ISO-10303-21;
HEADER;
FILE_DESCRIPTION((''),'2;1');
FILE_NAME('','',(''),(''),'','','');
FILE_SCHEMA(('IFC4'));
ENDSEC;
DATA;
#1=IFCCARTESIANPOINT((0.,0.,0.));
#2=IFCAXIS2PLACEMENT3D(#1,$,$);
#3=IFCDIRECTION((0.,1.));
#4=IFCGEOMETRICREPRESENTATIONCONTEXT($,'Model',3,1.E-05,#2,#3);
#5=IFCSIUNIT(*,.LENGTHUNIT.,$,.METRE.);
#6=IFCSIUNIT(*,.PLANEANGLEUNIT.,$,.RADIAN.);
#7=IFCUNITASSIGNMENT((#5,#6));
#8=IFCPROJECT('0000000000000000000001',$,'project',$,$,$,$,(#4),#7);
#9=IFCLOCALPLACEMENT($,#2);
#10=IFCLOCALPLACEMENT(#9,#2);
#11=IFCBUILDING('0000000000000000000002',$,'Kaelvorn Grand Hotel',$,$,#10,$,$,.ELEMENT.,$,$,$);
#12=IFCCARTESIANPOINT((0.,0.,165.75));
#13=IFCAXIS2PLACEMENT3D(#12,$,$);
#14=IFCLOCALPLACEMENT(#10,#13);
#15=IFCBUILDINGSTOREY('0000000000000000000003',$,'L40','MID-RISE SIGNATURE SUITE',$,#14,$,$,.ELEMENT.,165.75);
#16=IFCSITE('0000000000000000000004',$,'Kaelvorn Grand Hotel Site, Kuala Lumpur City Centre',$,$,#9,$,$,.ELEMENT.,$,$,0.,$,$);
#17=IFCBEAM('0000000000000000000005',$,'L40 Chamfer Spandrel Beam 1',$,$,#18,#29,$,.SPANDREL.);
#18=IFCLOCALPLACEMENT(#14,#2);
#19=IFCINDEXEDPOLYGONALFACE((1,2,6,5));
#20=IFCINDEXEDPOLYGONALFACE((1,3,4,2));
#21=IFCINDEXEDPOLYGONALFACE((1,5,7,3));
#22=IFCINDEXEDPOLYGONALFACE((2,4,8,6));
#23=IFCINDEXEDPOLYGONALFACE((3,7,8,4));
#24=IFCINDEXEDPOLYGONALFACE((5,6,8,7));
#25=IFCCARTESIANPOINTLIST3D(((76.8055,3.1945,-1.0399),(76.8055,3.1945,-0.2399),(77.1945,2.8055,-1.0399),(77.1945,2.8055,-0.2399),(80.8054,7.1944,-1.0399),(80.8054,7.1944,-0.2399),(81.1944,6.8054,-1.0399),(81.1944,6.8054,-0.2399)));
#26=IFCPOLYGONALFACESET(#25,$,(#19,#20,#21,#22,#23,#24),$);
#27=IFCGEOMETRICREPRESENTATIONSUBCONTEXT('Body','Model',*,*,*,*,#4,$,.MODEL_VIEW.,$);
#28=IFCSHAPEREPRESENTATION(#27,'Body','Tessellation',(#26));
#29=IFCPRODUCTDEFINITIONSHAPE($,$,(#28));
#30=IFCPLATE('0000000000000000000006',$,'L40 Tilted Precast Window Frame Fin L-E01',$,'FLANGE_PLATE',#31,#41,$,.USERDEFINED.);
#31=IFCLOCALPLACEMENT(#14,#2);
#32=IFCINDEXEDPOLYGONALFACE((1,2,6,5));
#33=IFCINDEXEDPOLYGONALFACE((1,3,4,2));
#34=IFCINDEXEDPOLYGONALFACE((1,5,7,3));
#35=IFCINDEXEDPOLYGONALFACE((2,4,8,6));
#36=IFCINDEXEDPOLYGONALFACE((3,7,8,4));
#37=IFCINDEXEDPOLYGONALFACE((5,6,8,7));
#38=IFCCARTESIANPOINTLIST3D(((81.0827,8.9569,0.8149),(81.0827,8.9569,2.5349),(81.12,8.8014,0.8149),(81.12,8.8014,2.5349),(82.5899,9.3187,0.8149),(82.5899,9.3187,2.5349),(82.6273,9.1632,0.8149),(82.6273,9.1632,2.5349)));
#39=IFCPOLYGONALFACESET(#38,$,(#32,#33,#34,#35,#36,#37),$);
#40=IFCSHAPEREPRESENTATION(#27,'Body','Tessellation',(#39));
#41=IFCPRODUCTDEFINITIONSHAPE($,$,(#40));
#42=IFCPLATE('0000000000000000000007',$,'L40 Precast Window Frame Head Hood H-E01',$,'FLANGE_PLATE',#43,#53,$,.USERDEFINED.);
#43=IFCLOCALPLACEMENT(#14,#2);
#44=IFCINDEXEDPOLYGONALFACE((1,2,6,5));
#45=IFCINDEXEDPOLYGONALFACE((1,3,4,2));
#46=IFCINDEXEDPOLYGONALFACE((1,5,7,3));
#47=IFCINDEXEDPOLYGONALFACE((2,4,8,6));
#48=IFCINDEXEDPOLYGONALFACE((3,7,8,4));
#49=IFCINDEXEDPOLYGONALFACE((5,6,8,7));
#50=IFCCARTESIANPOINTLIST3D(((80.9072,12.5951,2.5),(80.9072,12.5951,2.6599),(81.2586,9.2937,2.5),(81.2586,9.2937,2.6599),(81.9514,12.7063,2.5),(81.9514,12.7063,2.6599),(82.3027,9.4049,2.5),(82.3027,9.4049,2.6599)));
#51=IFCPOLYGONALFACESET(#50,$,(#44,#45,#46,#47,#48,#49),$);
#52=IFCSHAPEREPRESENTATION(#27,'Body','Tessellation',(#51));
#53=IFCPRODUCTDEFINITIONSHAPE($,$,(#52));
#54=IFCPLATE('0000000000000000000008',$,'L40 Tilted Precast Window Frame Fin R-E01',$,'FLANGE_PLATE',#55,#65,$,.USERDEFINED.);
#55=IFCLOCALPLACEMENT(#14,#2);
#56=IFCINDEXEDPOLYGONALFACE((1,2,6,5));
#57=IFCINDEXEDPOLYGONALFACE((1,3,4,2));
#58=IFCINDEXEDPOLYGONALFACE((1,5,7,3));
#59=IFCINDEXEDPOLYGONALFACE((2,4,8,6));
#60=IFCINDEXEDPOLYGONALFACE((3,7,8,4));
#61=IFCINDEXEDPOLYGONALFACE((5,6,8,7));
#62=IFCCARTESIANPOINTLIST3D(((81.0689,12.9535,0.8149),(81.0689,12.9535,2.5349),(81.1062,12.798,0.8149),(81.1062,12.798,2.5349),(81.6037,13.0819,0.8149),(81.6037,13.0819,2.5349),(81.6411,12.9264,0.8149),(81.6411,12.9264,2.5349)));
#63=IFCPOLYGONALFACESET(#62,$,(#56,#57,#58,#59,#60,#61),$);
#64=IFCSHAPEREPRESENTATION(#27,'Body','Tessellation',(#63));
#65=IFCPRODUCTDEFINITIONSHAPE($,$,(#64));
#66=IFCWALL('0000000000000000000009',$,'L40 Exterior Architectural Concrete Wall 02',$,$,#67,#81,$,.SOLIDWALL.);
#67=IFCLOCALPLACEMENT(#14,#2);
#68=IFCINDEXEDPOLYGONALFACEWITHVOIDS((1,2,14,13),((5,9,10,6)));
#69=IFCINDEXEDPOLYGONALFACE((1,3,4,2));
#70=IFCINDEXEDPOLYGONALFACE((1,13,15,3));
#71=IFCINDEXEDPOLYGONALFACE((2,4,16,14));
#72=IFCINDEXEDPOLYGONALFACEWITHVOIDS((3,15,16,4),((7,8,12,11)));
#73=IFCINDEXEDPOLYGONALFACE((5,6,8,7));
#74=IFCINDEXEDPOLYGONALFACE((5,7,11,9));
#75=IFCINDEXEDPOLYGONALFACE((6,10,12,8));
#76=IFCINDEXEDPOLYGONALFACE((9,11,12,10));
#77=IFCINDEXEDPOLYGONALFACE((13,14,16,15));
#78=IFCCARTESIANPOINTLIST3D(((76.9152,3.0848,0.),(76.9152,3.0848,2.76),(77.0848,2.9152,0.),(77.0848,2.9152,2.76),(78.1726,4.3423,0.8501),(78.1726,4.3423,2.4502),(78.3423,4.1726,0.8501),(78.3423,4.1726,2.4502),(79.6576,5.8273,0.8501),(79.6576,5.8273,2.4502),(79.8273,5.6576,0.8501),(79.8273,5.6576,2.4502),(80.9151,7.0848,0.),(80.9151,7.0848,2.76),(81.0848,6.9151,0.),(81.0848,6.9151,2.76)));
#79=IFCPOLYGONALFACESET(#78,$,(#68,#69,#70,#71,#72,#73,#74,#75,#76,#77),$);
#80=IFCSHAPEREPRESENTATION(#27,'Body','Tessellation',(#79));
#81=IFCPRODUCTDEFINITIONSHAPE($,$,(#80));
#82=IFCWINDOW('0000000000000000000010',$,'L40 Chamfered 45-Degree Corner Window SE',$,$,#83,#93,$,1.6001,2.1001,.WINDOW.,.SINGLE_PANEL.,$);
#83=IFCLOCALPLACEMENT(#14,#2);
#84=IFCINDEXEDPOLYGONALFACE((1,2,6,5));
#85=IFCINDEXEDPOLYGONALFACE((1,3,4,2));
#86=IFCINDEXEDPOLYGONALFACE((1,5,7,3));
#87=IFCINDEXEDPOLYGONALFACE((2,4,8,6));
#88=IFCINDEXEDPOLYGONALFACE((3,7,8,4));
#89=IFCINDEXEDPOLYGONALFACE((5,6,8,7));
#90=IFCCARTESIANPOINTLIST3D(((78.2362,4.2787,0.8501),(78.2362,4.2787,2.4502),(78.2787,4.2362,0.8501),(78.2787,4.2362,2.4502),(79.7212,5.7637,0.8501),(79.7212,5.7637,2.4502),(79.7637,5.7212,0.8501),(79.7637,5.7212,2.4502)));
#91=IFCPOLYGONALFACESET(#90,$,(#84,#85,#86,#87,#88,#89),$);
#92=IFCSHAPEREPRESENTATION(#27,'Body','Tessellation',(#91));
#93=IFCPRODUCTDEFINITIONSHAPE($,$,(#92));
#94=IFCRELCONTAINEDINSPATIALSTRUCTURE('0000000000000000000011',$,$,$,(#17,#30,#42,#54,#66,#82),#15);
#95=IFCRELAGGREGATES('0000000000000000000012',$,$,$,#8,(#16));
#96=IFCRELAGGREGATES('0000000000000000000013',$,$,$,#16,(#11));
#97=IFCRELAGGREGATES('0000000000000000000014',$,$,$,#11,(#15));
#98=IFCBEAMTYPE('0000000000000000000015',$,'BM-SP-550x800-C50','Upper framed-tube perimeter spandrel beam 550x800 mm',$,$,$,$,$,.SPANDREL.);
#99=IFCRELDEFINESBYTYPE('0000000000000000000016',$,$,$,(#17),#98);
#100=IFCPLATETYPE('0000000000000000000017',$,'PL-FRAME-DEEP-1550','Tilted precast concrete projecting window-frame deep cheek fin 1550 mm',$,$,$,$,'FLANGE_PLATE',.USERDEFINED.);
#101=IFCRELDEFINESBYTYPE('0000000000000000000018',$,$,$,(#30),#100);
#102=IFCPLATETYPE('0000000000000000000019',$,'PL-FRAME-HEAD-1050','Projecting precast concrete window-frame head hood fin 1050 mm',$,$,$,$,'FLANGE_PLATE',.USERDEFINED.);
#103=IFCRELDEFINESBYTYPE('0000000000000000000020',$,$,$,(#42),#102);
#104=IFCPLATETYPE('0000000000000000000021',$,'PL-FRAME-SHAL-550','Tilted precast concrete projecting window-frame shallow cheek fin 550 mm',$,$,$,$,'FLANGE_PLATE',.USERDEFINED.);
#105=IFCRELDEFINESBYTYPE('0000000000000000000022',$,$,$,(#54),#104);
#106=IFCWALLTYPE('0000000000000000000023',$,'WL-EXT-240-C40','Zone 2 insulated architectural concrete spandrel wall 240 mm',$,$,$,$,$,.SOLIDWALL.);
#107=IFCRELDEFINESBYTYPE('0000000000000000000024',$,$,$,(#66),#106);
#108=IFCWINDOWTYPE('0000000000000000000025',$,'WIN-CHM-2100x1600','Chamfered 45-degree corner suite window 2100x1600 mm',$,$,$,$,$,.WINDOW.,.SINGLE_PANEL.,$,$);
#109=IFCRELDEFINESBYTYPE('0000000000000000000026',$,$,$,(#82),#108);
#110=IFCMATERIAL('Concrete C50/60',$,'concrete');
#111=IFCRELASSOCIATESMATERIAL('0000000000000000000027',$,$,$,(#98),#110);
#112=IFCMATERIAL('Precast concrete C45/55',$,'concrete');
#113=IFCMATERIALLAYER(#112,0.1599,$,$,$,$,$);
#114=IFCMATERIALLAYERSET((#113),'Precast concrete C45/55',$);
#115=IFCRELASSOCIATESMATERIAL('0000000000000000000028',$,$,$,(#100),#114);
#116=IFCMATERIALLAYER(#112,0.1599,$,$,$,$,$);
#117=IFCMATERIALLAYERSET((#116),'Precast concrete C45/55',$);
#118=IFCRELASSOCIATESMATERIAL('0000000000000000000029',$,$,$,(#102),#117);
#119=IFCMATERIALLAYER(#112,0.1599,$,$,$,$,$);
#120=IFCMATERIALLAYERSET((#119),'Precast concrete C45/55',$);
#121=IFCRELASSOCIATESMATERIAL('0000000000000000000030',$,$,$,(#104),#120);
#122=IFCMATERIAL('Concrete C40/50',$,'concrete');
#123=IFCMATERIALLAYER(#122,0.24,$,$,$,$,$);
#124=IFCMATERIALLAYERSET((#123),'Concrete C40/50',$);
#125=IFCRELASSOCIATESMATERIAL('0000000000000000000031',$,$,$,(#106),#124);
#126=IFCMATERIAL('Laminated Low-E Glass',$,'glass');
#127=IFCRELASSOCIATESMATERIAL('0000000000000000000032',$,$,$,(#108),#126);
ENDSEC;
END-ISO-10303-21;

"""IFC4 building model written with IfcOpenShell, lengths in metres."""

from ifc_helpers import new_model, si_unit, direction, frame, frame_2d, origin, origin_2d, place, context, subcontext, project, spatial, rectangle, extrude, material, layer, layer_set, material_profile, profile_set, type_object, element, fill, save


model = new_model("IFC4")

# Units and contexts
model_context = context("Model", 3, precision=1e-05, world=origin(), true_north=direction((0.0, 1.0)))
body_context = subcontext(model_context, "Body", "Model", "MODEL_VIEW")
ifc_project = project(units=[si_unit("LENGTHUNIT", "METRE"), si_unit("PLANEANGLEUNIT", "RADIAN")], contexts=[model_context])

# Site, building, storey
site_placement = place(None, origin())
site = spatial("IfcSite", under=ifc_project, at=site_placement, Name="Kaelvorn Grand Hotel Site, Kuala Lumpur City Centre", CompositionType="ELEMENT", RefElevation=0.0)
building_placement = place(site_placement, origin())
building = spatial("IfcBuilding", under=site, at=building_placement, Name="Kaelvorn Grand Hotel", CompositionType="ELEMENT")
storey_placement = place(building_placement, frame((0.0, 0.0, 165.75)))
storey = spatial("IfcBuildingStorey", under=building, at=storey_placement, Name="L40", Description="MID-RISE SIGNATURE SUITE", CompositionType="ELEMENT", Elevation=165.75)

# Beam
ifc_material_1 = material(Name="Concrete C40/50", Category="concrete")
ifc_material_2 = material(Name="Concrete C50/60", Category="concrete")
ifc_material_profile_1 = material_profile(ifc_material_2, rectangle(XDim=0.55, YDim=0.8, at=origin_2d()), Name="RC SPANDREL 550x800")
ifc_profile_set_1 = profile_set([ifc_material_profile_1], Name="Concrete C50/60")
beam_type_1 = type_object("IfcBeamType", Name="BM-SP-550x800-C50", Description="Upper framed-tube perimeter spandrel beam 550x800 mm", PredefinedType="SPANDREL", material=ifc_profile_set_1)
beam_1_placement = place(storey_placement, frame((77.0, 3.0, -0.6399), z_axis=(0.707107, 0.707107, 0.0), x_axis=(-0.707107, 0.707107, 0.0)))
element("IfcBeam", 1, at=beam_1_placement, inside=storey, type_object=beam_type_1, Name="L40 Chamfer Spandrel Beam 1", PredefinedType="SPANDREL", context=body_context, shape_type="SweptSolid", body=[
    extrude(rectangle(XDim=0.55, YDim=0.8, at=origin_2d()), origin(), (0.0, 0.0, 1.0), 5.6567),
])

# Plates
ifc_material_3 = material(Name="Precast concrete C45/55", Category="concrete")
ifc_layer_1 = layer(ifc_material_3, 0.1599)
ifc_layer_set_1 = layer_set([ifc_layer_1], Name="Precast concrete C45/55")
plate_type_1 = type_object("IfcPlateType", Name="PL-FRAME-DEEP-1550", Description="Tilted precast concrete projecting window-frame deep cheek fin 1550 mm", ElementType="FLANGE_PLATE", PredefinedType="USERDEFINED", material=ifc_layer_set_1)
plate_1_placement = place(storey_placement, frame((81.855, 9.0601, 0.8149), z_axis=(0.0, 0.0, 1.0), x_axis=(-0.233445, 0.97237, 0.0)))
element("IfcPlate", 2, at=plate_1_placement, inside=storey, type_object=plate_type_1, Name="L40 Tilted Precast Window Frame Fin L-E01", ObjectType="FLANGE_PLATE", PredefinedType="USERDEFINED", context=body_context, shape_type="SweptSolid", body=[
    extrude(rectangle(XDim=0.1599, YDim=1.55, at=origin_2d()), origin(), (0.0, 0.0, 1.0), 1.72),
])
ifc_layer_2 = layer(ifc_material_3, 0.1599)
ifc_layer_set_2 = layer_set([ifc_layer_2], Name="Precast concrete C45/55")
plate_type_2 = type_object("IfcPlateType", Name="PL-FRAME-HEAD-1050", Description="Projecting precast concrete window-frame head hood fin 1050 mm", ElementType="FLANGE_PLATE", PredefinedType="USERDEFINED", material=ifc_layer_set_2)
plate_2_placement = place(storey_placement, frame((81.605, 11.0, 2.5), z_axis=(0.0, 0.0, 1.0), x_axis=(-0.10583, 0.994384, 0.0)))
element("IfcPlate", 3, at=plate_2_placement, inside=storey, type_object=plate_type_2, Name="L40 Precast Window Frame Head Hood H-E01", ObjectType="FLANGE_PLATE", PredefinedType="USERDEFINED", context=body_context, shape_type="SweptSolid", body=[
    extrude(rectangle(XDim=3.3201, YDim=1.05, at=origin_2d()), origin(), (0.0, 0.0, 1.0), 0.1599),
])
ifc_layer_3 = layer(ifc_material_3, 0.1599)
ifc_layer_set_3 = layer_set([ifc_layer_3], Name="Precast concrete C45/55")
plate_type_3 = type_object("IfcPlateType", Name="PL-FRAME-SHAL-550", Description="Tilted precast concrete projecting window-frame shallow cheek fin 550 mm", ElementType="FLANGE_PLATE", PredefinedType="USERDEFINED", material=ifc_layer_set_3)
plate_3_placement = place(storey_placement, frame((81.355, 12.9399, 0.8149), z_axis=(0.0, 0.0, 1.0), x_axis=(-0.233445, 0.97237, 0.0)))
element("IfcPlate", 4, at=plate_3_placement, inside=storey, type_object=plate_type_3, Name="L40 Tilted Precast Window Frame Fin R-E01", ObjectType="FLANGE_PLATE", PredefinedType="USERDEFINED", context=body_context, shape_type="SweptSolid", body=[
    extrude(rectangle(XDim=0.1599, YDim=0.55, at=origin_2d()), origin(), (0.0, 0.0, 1.0), 1.72),
])

# Wall, opening, window
ifc_layer_4 = layer(ifc_material_1, 0.24)
ifc_layer_set_4 = layer_set([ifc_layer_4], Name="Concrete C40/50")
wall_type_1 = type_object("IfcWallType", Name="WL-EXT-240-C40", Description="Zone 2 insulated architectural concrete spandrel wall 240 mm", PredefinedType="SOLIDWALL", material=ifc_layer_set_4)
wall_1_placement = place(storey_placement, frame((77.0, 3.0, 0.0), z_axis=(0.0, 0.0, 1.0), x_axis=(0.707107, 0.707107, 0.0)))
wall_1 = element("IfcWall", 5, at=wall_1_placement, inside=storey, type_object=wall_type_1, Name="L40 Exterior Architectural Concrete Wall 02", PredefinedType="SOLIDWALL", context=body_context, shape_type="SweptSolid", body=[
    extrude(rectangle(XDim=5.6567, YDim=0.24, at=frame_2d((2.8284, 0.0))), origin(), (0.0, 0.0, 1.0), 2.76),
])
opening_1_placement = place(wall_1_placement, frame((1.7783, 0.0, 0.8501)))
opening_1 = element("IfcOpeningElement", 6, at=opening_1_placement, cuts=wall_1, PredefinedType="OPENING", context=body_context, shape_type="SweptSolid", body=[
    extrude(rectangle(XDim=2.1001, YDim=1.6001, at=frame_2d((1.05, 0.8))), frame((0.0, 0.1299, 0.0), z_axis=(0.0, -1.0, 0.0), x_axis=(1.0, 0.0, 0.0)), (0.0, 0.0, 1.0), 0.26),
])
ifc_material_4 = material(Name="Laminated Low-E Glass", Category="glass")
window_type_1 = type_object("IfcWindowType", Name="WIN-CHM-2100x1600", Description="Chamfered 45-degree corner suite window 2100x1600 mm", PartitioningType="SINGLE_PANEL", PredefinedType="WINDOW", material=ifc_material_4)
window_1_placement = place(opening_1_placement, origin())
window_1 = element("IfcWindow", 7, at=window_1_placement, inside=storey, type_object=window_type_1, Name="L40 Chamfered 45-Degree Corner Window SE", OverallHeight=1.6001, OverallWidth=2.1001, PartitioningType="SINGLE_PANEL", PredefinedType="WINDOW", context=body_context, shape_type="SweptSolid", body=[
    extrude(rectangle(XDim=2.1001, YDim=1.6001, at=frame_2d((1.05, 0.8))), frame((0.0, 0.03, 0.0), z_axis=(0.0, -1.0, 0.0), x_axis=(1.0, 0.0, 0.0)), (0.0, 0.0, 1.0), 0.0601),
])
fill(opening_1, window_1)

save(model, "model.ifc")
